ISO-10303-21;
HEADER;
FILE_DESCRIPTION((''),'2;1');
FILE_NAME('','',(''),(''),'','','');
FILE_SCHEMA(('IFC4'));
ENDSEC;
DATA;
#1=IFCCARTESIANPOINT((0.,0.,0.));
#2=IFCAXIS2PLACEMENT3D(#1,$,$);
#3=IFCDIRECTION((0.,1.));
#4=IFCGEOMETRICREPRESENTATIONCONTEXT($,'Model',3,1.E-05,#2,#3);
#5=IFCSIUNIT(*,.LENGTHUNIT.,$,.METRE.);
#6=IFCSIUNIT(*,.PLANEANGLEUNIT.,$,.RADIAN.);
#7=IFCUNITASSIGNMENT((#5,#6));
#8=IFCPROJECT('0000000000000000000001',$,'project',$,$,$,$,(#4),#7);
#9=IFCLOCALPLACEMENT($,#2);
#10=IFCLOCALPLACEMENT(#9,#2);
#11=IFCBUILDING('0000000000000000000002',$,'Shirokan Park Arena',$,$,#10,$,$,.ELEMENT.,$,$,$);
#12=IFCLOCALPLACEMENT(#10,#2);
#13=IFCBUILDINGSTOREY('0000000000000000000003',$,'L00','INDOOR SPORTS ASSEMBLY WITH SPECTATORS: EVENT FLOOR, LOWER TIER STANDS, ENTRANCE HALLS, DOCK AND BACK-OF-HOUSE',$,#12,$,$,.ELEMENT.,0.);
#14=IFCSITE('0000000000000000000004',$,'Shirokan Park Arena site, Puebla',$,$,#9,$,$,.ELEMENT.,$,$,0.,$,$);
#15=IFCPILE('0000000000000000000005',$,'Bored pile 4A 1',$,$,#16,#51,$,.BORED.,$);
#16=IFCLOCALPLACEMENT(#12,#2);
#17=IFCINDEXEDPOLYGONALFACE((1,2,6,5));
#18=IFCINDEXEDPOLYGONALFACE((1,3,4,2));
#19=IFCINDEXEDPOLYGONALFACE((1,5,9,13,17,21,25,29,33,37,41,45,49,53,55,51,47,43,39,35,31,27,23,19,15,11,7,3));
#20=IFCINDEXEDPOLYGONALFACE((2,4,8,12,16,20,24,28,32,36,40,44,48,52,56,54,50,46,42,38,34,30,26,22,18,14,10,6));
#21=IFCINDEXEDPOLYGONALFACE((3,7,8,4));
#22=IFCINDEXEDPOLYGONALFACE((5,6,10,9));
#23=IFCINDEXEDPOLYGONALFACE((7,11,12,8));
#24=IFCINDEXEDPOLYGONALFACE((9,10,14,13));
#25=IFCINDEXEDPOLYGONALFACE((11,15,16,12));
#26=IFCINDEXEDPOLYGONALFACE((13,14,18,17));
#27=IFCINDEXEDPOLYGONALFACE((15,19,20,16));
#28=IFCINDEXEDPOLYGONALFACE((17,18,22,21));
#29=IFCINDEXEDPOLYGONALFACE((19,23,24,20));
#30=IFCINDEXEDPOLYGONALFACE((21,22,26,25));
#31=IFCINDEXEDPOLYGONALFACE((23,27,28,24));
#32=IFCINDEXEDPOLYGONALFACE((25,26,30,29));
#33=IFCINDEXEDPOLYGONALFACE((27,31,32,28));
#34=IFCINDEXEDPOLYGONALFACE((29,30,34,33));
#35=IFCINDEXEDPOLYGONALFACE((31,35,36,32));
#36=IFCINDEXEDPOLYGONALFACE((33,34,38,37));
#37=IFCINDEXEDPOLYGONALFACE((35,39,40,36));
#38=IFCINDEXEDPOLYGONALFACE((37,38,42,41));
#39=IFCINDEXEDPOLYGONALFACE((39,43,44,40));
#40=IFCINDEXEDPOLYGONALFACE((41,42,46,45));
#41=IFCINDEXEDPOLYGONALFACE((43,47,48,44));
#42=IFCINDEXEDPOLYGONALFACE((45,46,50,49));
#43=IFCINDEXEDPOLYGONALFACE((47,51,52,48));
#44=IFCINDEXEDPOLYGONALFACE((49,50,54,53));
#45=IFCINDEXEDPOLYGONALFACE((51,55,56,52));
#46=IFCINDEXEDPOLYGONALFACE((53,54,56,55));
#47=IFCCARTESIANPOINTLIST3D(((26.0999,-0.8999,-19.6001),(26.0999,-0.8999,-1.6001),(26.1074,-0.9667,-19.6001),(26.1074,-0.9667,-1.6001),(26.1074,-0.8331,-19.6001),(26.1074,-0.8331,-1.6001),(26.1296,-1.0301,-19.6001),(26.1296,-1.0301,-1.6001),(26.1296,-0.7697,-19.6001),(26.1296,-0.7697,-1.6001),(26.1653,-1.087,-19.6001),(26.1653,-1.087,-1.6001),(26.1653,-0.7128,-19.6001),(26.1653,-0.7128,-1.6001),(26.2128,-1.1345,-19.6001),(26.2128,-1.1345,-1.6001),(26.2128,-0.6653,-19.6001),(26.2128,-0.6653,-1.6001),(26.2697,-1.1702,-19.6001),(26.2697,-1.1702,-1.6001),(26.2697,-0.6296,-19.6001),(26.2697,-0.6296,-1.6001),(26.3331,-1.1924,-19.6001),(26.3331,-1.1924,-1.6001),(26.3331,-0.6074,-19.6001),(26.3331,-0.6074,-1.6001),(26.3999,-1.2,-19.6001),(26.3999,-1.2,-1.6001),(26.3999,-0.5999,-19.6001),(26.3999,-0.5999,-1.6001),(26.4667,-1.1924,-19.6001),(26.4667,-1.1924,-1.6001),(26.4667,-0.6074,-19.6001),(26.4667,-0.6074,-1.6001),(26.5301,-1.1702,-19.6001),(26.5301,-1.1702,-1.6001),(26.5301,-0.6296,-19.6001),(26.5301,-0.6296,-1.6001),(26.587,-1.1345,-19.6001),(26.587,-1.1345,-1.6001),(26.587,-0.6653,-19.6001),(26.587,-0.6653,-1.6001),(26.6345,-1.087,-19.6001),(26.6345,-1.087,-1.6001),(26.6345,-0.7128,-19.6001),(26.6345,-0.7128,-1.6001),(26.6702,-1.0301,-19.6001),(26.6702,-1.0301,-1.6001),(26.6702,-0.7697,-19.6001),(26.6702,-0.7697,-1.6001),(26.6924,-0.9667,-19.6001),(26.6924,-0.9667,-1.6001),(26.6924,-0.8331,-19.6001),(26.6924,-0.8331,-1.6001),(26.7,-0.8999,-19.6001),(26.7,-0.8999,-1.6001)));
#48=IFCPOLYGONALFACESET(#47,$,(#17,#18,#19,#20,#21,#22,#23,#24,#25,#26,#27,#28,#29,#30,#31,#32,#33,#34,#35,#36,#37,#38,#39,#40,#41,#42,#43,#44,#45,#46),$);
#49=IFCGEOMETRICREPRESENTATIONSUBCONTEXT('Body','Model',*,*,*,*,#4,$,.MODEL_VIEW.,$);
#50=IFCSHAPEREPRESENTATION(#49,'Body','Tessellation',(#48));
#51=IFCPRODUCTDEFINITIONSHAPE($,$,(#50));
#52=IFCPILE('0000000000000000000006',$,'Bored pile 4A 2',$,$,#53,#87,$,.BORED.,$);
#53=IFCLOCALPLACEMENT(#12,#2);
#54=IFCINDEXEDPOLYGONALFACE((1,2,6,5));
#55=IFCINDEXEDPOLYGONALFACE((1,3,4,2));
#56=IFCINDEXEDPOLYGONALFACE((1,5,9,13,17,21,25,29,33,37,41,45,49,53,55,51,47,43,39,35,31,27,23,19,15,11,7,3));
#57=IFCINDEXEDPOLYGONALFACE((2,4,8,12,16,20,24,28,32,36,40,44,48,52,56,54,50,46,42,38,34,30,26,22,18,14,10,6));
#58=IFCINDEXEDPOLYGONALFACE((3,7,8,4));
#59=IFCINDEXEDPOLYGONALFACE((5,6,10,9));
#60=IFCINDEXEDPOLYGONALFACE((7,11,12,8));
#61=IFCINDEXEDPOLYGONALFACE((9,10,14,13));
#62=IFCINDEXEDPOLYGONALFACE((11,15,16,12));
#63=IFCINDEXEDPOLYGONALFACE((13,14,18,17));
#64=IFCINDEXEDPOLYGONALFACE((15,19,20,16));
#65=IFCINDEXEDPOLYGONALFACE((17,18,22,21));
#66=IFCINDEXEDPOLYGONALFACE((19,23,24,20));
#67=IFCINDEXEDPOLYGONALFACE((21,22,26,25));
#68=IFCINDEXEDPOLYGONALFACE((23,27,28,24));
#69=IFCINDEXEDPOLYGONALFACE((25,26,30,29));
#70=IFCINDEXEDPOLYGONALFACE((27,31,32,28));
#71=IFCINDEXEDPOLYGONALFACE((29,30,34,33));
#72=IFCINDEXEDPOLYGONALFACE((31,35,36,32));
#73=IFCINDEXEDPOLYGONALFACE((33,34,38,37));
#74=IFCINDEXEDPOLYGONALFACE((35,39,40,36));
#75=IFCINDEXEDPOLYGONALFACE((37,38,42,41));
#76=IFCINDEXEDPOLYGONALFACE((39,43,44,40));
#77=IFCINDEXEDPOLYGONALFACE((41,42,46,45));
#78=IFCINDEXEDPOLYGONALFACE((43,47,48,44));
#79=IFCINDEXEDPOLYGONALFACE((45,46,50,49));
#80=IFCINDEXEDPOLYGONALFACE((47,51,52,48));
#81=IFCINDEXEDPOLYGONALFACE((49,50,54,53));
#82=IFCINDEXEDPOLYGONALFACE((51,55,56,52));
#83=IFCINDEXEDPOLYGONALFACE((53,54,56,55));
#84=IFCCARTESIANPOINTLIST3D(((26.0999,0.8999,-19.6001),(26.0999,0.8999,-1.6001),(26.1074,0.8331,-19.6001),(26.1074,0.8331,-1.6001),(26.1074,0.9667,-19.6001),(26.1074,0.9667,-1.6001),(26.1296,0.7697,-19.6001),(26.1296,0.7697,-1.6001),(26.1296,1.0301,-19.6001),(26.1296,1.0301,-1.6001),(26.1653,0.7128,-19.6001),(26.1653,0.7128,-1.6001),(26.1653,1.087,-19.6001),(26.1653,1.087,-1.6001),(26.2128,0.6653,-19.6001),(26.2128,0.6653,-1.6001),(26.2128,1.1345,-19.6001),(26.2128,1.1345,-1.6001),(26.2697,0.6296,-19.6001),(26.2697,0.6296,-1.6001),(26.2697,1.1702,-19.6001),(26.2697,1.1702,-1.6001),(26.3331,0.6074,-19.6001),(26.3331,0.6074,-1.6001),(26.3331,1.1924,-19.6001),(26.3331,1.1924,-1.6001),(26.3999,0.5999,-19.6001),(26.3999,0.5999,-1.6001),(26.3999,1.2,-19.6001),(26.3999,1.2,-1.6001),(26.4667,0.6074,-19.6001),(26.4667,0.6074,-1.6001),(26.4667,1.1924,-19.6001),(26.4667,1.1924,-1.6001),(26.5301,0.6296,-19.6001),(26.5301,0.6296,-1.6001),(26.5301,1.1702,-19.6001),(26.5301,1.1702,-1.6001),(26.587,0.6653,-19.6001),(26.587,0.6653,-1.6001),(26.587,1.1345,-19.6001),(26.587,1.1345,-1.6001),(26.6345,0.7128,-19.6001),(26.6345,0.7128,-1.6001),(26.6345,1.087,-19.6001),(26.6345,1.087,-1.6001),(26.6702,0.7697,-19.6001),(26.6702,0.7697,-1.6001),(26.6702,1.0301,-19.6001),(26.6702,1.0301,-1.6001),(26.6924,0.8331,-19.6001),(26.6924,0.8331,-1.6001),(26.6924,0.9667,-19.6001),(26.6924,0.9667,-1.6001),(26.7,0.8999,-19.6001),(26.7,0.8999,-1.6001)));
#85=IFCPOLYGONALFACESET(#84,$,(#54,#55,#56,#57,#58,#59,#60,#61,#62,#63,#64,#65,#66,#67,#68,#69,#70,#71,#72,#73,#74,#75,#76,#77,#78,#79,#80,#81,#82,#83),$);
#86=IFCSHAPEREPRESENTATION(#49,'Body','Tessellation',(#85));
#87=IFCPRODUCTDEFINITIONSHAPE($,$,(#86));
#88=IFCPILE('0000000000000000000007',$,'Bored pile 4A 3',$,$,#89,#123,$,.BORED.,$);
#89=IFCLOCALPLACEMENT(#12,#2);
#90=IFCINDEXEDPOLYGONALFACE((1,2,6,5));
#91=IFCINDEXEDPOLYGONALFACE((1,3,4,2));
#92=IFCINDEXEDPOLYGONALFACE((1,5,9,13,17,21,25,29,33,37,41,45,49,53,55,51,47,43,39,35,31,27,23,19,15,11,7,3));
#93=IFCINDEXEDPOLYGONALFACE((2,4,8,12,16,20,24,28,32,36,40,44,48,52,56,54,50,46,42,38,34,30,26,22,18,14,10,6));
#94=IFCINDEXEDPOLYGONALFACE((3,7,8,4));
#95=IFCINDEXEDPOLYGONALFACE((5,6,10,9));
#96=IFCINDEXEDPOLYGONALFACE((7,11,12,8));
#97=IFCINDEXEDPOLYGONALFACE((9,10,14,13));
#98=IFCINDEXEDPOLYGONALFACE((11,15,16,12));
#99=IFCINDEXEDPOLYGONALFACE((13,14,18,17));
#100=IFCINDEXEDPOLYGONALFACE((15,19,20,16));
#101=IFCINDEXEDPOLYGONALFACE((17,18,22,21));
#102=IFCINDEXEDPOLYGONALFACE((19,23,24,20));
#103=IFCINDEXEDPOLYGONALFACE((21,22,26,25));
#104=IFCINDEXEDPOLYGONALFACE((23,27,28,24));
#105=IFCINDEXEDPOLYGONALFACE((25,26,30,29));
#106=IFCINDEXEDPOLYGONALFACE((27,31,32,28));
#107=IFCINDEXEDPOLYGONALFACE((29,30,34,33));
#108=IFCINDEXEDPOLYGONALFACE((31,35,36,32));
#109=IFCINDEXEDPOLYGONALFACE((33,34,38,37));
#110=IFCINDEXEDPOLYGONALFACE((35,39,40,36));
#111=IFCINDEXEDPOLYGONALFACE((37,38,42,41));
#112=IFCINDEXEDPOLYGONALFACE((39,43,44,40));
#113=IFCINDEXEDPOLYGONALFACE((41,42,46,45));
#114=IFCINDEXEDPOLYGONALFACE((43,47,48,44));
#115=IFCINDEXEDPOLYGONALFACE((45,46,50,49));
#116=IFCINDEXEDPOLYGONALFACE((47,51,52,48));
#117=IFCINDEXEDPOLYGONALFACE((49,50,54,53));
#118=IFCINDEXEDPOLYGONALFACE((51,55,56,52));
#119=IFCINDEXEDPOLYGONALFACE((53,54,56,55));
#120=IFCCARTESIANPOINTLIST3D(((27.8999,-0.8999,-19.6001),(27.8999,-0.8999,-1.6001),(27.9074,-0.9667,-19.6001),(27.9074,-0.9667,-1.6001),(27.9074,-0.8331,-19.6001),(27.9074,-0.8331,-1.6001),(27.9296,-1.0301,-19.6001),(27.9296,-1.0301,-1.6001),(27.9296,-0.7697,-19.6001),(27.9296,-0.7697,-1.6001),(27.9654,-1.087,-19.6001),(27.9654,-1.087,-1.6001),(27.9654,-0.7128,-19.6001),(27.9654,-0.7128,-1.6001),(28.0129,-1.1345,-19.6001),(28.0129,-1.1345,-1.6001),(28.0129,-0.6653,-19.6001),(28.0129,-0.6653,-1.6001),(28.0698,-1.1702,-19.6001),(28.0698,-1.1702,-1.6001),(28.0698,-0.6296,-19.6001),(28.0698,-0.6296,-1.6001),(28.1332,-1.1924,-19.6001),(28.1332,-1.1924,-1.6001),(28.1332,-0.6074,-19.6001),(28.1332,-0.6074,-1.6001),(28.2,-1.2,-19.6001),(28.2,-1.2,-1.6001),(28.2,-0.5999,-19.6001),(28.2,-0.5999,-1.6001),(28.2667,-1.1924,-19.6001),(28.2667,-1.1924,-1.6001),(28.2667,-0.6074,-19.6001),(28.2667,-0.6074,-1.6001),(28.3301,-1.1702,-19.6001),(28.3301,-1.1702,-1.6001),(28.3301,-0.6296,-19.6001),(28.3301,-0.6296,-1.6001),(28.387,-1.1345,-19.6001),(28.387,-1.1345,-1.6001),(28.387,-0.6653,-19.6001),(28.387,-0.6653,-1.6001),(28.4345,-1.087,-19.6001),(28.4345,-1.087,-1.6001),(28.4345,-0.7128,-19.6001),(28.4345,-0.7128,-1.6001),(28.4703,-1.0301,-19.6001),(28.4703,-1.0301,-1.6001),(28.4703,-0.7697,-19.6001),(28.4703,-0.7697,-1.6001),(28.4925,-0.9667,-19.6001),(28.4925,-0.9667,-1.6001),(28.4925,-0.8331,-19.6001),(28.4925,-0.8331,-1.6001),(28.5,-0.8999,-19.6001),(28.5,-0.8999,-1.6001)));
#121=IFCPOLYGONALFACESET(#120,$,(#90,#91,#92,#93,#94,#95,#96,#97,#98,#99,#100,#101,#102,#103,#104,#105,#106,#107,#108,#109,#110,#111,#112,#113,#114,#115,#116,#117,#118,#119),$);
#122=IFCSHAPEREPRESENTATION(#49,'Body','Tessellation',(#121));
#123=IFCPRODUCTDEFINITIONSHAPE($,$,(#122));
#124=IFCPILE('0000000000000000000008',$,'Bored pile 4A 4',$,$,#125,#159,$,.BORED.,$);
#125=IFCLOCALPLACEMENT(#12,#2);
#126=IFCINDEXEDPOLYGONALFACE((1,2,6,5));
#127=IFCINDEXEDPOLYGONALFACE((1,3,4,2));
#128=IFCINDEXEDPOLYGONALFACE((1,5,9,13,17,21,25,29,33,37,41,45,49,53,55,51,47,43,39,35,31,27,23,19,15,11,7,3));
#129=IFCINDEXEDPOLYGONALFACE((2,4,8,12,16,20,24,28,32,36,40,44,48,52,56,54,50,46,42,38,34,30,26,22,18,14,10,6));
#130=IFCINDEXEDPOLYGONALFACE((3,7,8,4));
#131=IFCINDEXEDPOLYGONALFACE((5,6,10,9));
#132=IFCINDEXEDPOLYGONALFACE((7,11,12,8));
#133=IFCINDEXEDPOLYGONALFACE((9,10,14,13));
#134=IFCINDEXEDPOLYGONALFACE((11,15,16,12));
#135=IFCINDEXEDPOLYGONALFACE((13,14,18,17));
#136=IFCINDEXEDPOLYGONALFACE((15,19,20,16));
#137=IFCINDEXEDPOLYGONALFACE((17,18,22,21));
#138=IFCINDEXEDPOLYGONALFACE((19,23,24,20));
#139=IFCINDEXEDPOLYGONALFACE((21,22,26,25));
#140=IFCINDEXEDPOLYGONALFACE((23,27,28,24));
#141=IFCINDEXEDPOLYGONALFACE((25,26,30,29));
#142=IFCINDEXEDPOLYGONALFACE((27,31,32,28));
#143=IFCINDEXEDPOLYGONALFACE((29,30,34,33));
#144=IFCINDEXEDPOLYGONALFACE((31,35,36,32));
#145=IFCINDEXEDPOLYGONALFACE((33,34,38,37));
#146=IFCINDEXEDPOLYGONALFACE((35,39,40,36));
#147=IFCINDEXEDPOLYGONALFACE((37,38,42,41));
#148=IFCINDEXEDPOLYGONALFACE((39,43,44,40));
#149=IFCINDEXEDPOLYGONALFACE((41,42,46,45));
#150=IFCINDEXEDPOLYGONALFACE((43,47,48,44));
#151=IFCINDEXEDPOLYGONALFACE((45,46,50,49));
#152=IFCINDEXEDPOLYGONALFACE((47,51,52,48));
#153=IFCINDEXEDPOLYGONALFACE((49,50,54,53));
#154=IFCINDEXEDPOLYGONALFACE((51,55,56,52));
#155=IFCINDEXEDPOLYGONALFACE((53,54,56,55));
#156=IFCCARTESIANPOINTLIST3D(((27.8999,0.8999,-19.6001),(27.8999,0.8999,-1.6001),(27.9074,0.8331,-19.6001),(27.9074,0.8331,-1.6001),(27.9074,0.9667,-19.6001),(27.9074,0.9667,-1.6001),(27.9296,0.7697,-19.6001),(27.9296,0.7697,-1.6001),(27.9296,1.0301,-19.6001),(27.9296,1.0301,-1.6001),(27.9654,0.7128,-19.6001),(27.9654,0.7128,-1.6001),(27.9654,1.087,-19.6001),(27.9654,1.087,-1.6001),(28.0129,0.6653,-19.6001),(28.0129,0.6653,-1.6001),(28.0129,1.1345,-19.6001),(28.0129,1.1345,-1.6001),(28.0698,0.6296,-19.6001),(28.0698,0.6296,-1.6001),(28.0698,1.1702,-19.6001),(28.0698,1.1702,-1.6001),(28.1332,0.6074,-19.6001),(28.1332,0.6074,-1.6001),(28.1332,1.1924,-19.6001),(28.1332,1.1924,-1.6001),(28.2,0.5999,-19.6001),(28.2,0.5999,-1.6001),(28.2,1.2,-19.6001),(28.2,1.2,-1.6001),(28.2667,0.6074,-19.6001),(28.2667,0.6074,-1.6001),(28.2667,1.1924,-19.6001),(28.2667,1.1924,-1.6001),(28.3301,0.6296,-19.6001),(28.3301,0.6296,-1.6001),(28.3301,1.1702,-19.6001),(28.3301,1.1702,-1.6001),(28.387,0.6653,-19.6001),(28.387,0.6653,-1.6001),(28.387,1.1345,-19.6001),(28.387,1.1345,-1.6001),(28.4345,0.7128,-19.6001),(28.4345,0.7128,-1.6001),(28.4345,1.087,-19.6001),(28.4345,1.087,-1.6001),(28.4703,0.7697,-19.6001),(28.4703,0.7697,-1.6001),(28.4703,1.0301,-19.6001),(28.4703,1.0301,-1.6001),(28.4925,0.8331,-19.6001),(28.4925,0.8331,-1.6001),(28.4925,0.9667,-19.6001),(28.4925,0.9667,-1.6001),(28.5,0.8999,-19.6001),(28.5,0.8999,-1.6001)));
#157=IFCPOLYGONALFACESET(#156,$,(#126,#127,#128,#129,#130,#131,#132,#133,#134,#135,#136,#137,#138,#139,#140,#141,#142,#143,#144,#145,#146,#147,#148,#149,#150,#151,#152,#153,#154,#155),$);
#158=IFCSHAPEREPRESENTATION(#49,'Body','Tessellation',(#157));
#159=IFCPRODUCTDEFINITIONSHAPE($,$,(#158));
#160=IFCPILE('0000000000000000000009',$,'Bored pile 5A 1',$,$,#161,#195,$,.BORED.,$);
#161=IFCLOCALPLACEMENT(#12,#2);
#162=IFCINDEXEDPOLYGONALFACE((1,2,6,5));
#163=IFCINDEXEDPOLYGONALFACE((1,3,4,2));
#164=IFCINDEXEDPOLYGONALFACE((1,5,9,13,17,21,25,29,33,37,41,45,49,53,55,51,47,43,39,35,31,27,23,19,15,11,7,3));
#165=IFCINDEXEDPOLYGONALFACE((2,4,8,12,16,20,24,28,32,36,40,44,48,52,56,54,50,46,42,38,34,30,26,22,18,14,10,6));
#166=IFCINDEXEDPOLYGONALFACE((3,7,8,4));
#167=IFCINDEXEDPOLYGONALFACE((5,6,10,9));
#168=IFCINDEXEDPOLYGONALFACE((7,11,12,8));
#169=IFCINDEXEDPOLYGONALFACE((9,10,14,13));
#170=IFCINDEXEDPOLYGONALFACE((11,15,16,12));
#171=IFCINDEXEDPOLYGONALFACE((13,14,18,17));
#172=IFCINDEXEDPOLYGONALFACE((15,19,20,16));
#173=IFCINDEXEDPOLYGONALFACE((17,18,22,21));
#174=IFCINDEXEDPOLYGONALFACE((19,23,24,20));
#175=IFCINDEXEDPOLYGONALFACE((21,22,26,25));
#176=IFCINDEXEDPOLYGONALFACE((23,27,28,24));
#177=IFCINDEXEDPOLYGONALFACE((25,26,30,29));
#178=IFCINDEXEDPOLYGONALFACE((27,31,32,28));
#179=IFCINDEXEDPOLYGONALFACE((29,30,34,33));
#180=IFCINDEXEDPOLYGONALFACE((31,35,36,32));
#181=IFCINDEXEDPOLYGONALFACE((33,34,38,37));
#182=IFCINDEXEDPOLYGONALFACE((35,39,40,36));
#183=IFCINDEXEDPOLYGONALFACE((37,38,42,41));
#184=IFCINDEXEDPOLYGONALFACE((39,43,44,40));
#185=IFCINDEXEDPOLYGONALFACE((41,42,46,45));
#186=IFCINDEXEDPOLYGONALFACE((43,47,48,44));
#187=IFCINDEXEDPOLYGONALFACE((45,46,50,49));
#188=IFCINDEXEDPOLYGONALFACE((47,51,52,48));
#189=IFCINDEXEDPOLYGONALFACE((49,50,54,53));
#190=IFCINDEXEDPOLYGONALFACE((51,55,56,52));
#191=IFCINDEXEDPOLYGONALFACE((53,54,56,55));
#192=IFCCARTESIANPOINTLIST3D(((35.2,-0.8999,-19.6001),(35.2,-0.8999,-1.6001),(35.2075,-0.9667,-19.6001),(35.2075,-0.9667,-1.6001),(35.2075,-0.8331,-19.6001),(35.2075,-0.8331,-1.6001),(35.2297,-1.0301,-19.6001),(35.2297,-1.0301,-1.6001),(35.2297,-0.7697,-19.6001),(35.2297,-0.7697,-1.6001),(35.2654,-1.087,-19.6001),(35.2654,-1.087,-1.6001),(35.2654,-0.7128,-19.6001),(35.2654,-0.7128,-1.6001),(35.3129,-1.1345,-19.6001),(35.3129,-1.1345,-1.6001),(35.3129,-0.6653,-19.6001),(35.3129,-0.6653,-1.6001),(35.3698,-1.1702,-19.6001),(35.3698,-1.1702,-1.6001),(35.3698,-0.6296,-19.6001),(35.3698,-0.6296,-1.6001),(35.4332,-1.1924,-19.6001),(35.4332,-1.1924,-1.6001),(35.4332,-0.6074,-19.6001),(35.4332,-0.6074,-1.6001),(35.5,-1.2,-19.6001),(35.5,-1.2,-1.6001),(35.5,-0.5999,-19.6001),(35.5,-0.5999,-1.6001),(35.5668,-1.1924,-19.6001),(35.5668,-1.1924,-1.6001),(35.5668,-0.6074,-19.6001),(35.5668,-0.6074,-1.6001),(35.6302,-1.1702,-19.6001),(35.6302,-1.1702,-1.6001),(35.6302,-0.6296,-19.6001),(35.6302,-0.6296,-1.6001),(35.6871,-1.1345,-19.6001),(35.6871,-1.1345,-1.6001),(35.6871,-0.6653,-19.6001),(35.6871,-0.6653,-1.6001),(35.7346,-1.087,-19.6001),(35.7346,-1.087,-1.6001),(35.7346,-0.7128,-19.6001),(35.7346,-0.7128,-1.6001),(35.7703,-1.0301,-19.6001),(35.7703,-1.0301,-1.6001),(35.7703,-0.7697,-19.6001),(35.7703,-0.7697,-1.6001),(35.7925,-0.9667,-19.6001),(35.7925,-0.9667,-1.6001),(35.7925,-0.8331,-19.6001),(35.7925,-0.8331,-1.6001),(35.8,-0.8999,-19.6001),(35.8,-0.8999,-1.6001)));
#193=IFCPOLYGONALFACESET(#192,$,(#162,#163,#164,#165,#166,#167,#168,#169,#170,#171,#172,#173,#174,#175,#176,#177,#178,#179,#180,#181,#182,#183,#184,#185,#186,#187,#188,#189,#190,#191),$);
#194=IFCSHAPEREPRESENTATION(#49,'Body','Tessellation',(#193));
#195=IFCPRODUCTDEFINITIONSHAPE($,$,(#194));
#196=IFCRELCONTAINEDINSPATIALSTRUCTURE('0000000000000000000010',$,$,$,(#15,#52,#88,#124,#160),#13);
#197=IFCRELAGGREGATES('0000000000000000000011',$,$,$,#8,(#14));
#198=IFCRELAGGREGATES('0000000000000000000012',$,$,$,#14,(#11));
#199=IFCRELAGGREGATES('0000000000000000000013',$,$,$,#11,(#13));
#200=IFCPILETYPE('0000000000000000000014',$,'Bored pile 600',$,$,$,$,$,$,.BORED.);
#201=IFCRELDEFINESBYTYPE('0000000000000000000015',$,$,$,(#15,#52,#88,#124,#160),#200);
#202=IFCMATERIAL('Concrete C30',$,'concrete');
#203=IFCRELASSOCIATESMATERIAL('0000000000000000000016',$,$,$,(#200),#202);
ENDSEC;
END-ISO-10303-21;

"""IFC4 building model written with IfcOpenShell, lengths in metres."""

from ifc_helpers import new_model, si_unit, direction, frame, origin, origin_2d, place, context, subcontext, project, spatial, circle, extrude, material, material_profile, profile_set, type_object, element, save


model = new_model("IFC4")

# Units and contexts
model_context = context("Model", 3, precision=1e-05, world=origin(), true_north=direction((0.0, 1.0)))
body_context = subcontext(model_context, "Body", "Model", "MODEL_VIEW")
ifc_project = project(units=[si_unit("LENGTHUNIT", "METRE"), si_unit("PLANEANGLEUNIT", "RADIAN")], contexts=[model_context])

# Site, building, storey
site_placement = place(None, origin())
site = spatial("IfcSite", under=ifc_project, at=site_placement, Name="Shirokan Park Arena site, Puebla", CompositionType="ELEMENT", RefElevation=0.0)
building_placement = place(site_placement, origin())
building = spatial("IfcBuilding", under=site, at=building_placement, Name="Shirokan Park Arena", CompositionType="ELEMENT")
storey_placement = place(building_placement, origin())
storey = spatial("IfcBuildingStorey", under=building, at=storey_placement, Name="L00", Description="INDOOR SPORTS ASSEMBLY WITH SPECTATORS: EVENT FLOOR, LOWER TIER STANDS, ENTRANCE HALLS, DOCK AND BACK-OF-HOUSE", CompositionType="ELEMENT", Elevation=0.0)

# Piles
ifc_material_1 = material(Name="Concrete C30", Category="concrete")
ifc_material_profile_1 = material_profile(ifc_material_1, circle(Radius=0.3, at=origin_2d()), Name="D600")
ifc_profile_set_1 = profile_set([ifc_material_profile_1], Name="Concrete C30")
pile_type_1 = type_object("IfcPileType", Name="Bored pile 600", PredefinedType="BORED", material=ifc_profile_set_1)
for number, where, z_axis, x_axis, name in (
    (1, (26.3999, -0.8999, -1.6001), (0.0, 0.0, -1.0), (1.0, 0.0, 0.0), "Bored pile 4A 1"),
    (2, (26.3999, 0.8999, -1.6001), (0.0, 0.0, -1.0), (1.0, 0.0, 0.0), "Bored pile 4A 2"),
    (3, (28.2, -0.8999, -1.6001), (0.0, 0.0, -1.0), (1.0, 0.0, 0.0), "Bored pile 4A 3"),
    (4, (28.2, 0.8999, -1.6001), (0.0, 0.0, -1.0), (1.0, 0.0, 0.0), "Bored pile 4A 4"),
    (5, (35.5, -0.8999, -1.6001), (0.0, 0.0, -1.0), (1.0, 0.0, 0.0), "Bored pile 5A 1"),
):
    element("IfcPile", number, at=place(storey_placement, frame(where, z_axis=z_axis, x_axis=x_axis)), inside=storey, type_object=pile_type_1, Name=name, PredefinedType="BORED", context=body_context, shape_type="SweptSolid", body=[
        extrude(circle(Radius=0.3, at=origin_2d()), origin(), (0.0, 0.0, 1.0), 18.0),
    ])

save(model, "model.ifc")
